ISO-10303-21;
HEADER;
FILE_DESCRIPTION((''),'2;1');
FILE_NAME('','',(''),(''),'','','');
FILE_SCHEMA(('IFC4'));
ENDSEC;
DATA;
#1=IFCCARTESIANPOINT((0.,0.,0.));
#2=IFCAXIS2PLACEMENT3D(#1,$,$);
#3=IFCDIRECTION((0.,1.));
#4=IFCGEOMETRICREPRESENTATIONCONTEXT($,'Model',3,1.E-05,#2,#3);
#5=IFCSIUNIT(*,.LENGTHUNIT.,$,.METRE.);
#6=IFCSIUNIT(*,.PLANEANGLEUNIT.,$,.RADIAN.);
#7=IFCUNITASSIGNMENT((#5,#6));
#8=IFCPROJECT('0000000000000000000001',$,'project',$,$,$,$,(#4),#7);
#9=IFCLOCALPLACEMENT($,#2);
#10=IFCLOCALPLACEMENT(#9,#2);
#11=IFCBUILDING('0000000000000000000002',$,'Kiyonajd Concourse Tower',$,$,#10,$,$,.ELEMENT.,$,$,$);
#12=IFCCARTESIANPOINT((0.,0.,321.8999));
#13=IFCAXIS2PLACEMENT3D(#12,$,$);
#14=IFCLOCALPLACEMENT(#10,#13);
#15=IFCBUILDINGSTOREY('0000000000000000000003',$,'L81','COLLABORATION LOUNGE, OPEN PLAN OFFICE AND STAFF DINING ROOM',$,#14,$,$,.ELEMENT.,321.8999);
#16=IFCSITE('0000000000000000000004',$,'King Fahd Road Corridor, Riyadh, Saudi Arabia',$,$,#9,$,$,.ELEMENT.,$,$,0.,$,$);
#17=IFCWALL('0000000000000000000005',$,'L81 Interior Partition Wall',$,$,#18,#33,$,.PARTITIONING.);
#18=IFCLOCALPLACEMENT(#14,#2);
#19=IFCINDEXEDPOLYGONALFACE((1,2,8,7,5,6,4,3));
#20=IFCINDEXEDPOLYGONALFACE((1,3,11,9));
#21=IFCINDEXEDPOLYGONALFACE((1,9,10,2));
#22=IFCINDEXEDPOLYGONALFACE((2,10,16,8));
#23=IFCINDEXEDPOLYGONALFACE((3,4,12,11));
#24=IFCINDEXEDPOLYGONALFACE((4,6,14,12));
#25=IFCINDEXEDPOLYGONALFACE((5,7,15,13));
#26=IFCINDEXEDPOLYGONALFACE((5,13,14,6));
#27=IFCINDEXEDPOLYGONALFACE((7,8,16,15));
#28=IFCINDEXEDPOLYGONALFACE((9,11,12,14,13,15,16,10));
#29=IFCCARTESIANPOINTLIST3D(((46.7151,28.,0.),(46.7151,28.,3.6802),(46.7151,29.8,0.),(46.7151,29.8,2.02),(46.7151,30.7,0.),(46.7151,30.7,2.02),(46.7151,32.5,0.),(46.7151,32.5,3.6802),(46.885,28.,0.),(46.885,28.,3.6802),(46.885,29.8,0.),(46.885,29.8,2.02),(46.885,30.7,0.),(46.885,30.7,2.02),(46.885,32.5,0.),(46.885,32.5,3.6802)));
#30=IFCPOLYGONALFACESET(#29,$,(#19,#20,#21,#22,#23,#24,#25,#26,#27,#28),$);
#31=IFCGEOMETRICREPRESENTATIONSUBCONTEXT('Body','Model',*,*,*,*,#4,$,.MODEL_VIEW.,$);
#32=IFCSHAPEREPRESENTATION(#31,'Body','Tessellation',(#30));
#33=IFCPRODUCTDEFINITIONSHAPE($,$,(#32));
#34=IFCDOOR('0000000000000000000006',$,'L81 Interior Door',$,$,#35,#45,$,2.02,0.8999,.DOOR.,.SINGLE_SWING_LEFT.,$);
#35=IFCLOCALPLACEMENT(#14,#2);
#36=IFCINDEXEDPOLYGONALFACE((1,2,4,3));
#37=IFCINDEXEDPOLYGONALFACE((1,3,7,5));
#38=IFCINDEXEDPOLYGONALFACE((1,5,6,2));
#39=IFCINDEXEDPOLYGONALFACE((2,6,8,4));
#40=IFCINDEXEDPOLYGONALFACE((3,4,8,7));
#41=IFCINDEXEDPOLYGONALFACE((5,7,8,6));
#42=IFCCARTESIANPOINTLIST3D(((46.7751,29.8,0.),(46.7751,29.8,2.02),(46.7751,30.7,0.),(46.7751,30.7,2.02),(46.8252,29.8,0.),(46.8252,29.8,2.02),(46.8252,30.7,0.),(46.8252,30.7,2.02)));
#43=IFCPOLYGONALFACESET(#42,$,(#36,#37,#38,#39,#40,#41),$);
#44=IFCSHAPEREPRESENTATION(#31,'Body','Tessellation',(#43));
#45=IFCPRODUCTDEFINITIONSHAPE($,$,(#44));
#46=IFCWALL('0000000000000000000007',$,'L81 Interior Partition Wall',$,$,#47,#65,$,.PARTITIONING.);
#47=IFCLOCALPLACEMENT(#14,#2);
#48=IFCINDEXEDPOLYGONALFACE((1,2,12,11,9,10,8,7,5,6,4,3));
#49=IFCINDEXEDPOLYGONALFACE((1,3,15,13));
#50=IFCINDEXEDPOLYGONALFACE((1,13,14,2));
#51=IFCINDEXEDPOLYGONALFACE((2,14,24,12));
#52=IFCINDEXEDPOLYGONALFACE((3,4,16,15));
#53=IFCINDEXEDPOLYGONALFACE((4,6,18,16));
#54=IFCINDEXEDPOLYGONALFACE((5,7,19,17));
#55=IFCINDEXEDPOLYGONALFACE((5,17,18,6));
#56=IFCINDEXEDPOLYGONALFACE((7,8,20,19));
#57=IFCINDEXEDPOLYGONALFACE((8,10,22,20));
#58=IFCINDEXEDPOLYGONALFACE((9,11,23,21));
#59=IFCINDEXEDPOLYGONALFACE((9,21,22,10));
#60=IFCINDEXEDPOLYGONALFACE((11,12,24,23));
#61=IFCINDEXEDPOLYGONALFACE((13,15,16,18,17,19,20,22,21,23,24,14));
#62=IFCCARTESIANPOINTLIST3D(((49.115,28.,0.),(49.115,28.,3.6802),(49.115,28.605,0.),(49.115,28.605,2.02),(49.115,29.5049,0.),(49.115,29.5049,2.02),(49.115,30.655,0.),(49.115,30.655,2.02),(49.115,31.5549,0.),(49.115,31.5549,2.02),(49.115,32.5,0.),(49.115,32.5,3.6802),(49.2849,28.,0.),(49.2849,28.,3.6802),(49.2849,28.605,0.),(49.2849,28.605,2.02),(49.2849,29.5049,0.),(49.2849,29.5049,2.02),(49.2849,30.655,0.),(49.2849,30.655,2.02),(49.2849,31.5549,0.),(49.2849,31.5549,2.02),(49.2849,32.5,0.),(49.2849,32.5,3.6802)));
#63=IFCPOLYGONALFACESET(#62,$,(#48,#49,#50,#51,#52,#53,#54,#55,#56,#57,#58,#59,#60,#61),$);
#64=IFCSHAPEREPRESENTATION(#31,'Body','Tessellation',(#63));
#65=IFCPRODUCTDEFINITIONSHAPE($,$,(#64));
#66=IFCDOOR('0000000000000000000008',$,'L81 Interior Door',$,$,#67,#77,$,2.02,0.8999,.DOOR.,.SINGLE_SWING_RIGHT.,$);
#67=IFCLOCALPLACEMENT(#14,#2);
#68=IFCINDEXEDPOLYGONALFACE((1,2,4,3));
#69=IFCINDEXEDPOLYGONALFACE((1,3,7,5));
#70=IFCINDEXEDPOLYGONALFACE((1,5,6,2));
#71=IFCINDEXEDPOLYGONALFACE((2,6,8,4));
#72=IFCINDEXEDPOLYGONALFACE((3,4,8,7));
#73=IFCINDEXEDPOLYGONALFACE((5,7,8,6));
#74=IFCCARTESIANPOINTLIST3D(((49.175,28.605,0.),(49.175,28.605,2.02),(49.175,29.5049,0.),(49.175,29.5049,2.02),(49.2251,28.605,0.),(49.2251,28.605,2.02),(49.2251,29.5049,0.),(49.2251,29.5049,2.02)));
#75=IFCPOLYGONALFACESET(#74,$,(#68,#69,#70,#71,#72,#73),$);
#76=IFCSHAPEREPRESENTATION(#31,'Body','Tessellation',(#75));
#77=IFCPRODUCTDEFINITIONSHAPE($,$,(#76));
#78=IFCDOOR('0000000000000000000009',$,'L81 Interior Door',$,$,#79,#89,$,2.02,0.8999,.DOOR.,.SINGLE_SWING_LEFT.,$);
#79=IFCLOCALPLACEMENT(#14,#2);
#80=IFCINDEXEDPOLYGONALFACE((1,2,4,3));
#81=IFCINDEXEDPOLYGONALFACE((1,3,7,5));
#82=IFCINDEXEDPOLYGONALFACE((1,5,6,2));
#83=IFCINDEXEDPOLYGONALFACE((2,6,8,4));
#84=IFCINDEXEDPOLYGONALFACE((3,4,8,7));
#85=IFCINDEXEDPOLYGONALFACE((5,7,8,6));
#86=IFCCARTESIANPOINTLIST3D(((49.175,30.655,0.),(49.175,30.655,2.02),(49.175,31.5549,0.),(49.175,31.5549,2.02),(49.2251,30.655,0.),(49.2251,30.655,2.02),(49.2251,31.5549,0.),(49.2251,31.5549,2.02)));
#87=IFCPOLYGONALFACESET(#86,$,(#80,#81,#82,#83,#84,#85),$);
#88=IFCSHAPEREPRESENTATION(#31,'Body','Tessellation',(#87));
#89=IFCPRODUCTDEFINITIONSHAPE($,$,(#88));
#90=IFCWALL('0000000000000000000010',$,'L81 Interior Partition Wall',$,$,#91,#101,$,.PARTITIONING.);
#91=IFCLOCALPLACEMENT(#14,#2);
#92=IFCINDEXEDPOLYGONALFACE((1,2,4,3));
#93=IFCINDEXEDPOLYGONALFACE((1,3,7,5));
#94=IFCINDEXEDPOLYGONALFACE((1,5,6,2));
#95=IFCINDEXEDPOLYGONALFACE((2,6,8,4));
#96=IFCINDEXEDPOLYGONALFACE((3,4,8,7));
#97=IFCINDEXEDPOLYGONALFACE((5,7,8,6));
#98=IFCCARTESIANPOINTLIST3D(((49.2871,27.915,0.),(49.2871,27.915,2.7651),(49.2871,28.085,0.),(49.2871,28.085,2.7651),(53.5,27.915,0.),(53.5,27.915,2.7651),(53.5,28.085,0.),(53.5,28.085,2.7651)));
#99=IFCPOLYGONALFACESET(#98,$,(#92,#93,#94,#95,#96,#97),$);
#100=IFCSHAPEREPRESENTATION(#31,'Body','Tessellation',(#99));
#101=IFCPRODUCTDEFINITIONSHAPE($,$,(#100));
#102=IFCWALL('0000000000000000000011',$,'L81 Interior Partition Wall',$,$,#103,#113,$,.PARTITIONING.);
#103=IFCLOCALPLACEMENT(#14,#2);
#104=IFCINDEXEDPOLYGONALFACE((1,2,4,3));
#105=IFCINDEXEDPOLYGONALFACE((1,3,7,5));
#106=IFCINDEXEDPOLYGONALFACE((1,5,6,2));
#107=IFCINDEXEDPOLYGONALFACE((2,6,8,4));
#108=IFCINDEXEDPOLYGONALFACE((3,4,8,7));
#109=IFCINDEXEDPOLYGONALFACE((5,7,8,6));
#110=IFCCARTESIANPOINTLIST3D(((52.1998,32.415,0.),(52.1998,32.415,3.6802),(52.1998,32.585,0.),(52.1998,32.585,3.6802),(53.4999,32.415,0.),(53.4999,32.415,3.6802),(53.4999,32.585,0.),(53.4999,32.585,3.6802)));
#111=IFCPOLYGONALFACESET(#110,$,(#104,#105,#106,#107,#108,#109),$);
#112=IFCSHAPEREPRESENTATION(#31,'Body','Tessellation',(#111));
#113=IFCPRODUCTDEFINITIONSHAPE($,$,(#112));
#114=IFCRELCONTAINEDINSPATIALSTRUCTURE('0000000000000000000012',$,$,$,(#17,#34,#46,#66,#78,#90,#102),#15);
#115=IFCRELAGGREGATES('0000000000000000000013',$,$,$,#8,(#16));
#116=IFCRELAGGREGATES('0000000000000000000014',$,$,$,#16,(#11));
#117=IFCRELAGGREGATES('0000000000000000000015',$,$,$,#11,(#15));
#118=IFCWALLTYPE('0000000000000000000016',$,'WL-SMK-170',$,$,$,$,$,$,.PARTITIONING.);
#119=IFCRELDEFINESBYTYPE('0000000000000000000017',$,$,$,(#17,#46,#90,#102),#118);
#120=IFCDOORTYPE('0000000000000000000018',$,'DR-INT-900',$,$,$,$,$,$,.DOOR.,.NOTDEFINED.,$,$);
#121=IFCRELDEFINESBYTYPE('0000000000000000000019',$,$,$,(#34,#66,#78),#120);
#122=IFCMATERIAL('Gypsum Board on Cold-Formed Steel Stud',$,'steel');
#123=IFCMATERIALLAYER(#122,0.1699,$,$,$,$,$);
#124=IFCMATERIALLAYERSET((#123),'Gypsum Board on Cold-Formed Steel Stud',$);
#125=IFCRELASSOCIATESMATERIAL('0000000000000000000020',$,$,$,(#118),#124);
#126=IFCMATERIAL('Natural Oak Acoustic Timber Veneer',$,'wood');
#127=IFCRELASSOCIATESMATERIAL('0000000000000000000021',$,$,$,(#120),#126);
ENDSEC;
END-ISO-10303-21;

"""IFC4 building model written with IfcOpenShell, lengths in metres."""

from ifc_helpers import new_model, si_unit, direction, frame, frame_2d, origin, place, context, subcontext, project, spatial, rectangle, extrude, material, layer, layer_set, type_object, element, fill, save


model = new_model("IFC4")

# Units and contexts
model_context = context("Model", 3, precision=1e-05, world=origin(), true_north=direction((0.0, 1.0)))
body_context = subcontext(model_context, "Body", "Model", "MODEL_VIEW")
ifc_project = project(units=[si_unit("LENGTHUNIT", "METRE"), si_unit("PLANEANGLEUNIT", "RADIAN")], contexts=[model_context])

# Site, building, storey
site_placement = place(None, origin())
site = spatial("IfcSite", under=ifc_project, at=site_placement, Name="King Fahd Road Corridor, Riyadh, Saudi Arabia", CompositionType="ELEMENT", RefElevation=0.0)
building_placement = place(site_placement, origin())
building = spatial("IfcBuilding", under=site, at=building_placement, Name="Kiyonajd Concourse Tower", CompositionType="ELEMENT")
storey_placement = place(building_placement, frame((0.0, 0.0, 321.8999)))
storey = spatial("IfcBuildingStorey", under=building, at=storey_placement, Name="L81", Description="COLLABORATION LOUNGE, OPEN PLAN OFFICE AND STAFF DINING ROOM", CompositionType="ELEMENT", Elevation=321.8999)

# Shared definitions
ifc_material_1 = material(Name="Gypsum Board on Cold-Formed Steel Stud", Category="steel")

# Shared definitions
ifc_layer_1 = layer(ifc_material_1, 0.1699)
ifc_layer_set_1 = layer_set([ifc_layer_1], Name="Gypsum Board on Cold-Formed Steel Stud")
wall_type_1 = type_object("IfcWallType", Name="WL-SMK-170", PredefinedType="PARTITIONING", material=ifc_layer_set_1)
ifc_material_2 = material(Name="Natural Oak Acoustic Timber Veneer", Category="wood")
door_type_1 = type_object("IfcDoorType", Name="DR-INT-900", OperationType="NOTDEFINED", PredefinedType="DOOR", material=ifc_material_2)

# Wall, opening, door
wall_1_placement = place(storey_placement, frame((46.8, 28.0, 0.0), z_axis=(0.0, 0.0, 1.0), x_axis=(0.0, 1.0, 0.0)))
wall_1 = element("IfcWall", 1, at=wall_1_placement, inside=storey, type_object=wall_type_1, Name="L81 Interior Partition Wall", PredefinedType="PARTITIONING", context=body_context, shape_type="SweptSolid", body=[
    extrude(rectangle(XDim=4.5, YDim=0.1699, at=frame_2d((2.25, 0.0))), origin(), (0.0, 0.0, 1.0), 3.6802),
])
opening_1_placement = place(wall_1_placement, frame((1.8, 0.0, 0.0)))
opening_1 = element("IfcOpeningElement", 2, at=opening_1_placement, cuts=wall_1, PredefinedType="OPENING", context=body_context, shape_type="SweptSolid", body=[
    extrude(rectangle(XDim=0.8999, YDim=2.02, at=frame_2d((0.45, 1.01))), frame((0.0, 0.095, 0.0), z_axis=(0.0, -1.0, 0.0), x_axis=(1.0, 0.0, 0.0)), (0.0, 0.0, 1.0), 0.1899),
])
door_1_placement = place(opening_1_placement, origin())
door_1 = element("IfcDoor", 3, at=door_1_placement, inside=storey, type_object=door_type_1, Name="L81 Interior Door", OperationType="SINGLE_SWING_LEFT", OverallHeight=2.02, OverallWidth=0.8999, PredefinedType="DOOR", context=body_context, shape_type="SweptSolid", body=[
    extrude(rectangle(XDim=0.8999, YDim=2.02, at=frame_2d((0.45, 1.01))), frame((0.0, 0.0249, 0.0), z_axis=(0.0, -1.0, 0.0), x_axis=(1.0, 0.0, 0.0)), (0.0, 0.0, 1.0), 0.05),
])
fill(opening_1, door_1)

# Wall, openings, doors
wall_2_placement = place(storey_placement, frame((49.2, 28.0, 0.0), z_axis=(0.0, 0.0, 1.0), x_axis=(0.0, 1.0, 0.0)))
wall_2 = element("IfcWall", 4, at=wall_2_placement, inside=storey, type_object=wall_type_1, Name="L81 Interior Partition Wall", PredefinedType="PARTITIONING", context=body_context, shape_type="SweptSolid", body=[
    extrude(rectangle(XDim=4.5, YDim=0.1699, at=frame_2d((2.25, 0.0))), origin(), (0.0, 0.0, 1.0), 3.6802),
])
opening_2_placement = place(wall_2_placement, frame((0.605, 0.0, 0.0)))
opening_2 = element("IfcOpeningElement", 5, at=opening_2_placement, cuts=wall_2, PredefinedType="OPENING", context=body_context, shape_type="SweptSolid", body=[
    extrude(rectangle(XDim=0.8999, YDim=2.02, at=frame_2d((0.45, 1.01))), frame((0.0, 0.095, 0.0), z_axis=(0.0, -1.0, 0.0), x_axis=(1.0, 0.0, 0.0)), (0.0, 0.0, 1.0), 0.1899),
])
opening_3_placement = place(wall_2_placement, frame((2.655, 0.0, 0.0)))
opening_3 = element("IfcOpeningElement", 6, at=opening_3_placement, cuts=wall_2, PredefinedType="OPENING", context=body_context, shape_type="SweptSolid", body=[
    extrude(rectangle(XDim=0.8999, YDim=2.02, at=frame_2d((0.45, 1.01))), frame((0.0, 0.095, 0.0), z_axis=(0.0, -1.0, 0.0), x_axis=(1.0, 0.0, 0.0)), (0.0, 0.0, 1.0), 0.1899),
])
door_2_placement = place(opening_2_placement, origin())
door_2 = element("IfcDoor", 7, at=door_2_placement, inside=storey, type_object=door_type_1, Name="L81 Interior Door", OperationType="SINGLE_SWING_RIGHT", OverallHeight=2.02, OverallWidth=0.8999, PredefinedType="DOOR", context=body_context, shape_type="SweptSolid", body=[
    extrude(rectangle(XDim=0.8999, YDim=2.02, at=frame_2d((0.45, 1.01))), frame((0.0, 0.0249, 0.0), z_axis=(0.0, -1.0, 0.0), x_axis=(1.0, 0.0, 0.0)), (0.0, 0.0, 1.0), 0.05),
])
fill(opening_2, door_2)
door_3_placement = place(opening_3_placement, origin())
door_3 = element("IfcDoor", 8, at=door_3_placement, inside=storey, type_object=door_type_1, Name="L81 Interior Door", OperationType="SINGLE_SWING_LEFT", OverallHeight=2.02, OverallWidth=0.8999, PredefinedType="DOOR", context=body_context, shape_type="SweptSolid", body=[
    extrude(rectangle(XDim=0.8999, YDim=2.02, at=frame_2d((0.45, 1.01))), frame((0.0, 0.0249, 0.0), z_axis=(0.0, -1.0, 0.0), x_axis=(1.0, 0.0, 0.0)), (0.0, 0.0, 1.0), 0.05),
])
fill(opening_3, door_3)

# Walls
wall_3_placement = place(storey_placement, frame((49.2871, 28.0, 0.0), z_axis=(0.0, 0.0, 1.0), x_axis=(1.0, 0.0, 0.0)))
element("IfcWall", 9, at=wall_3_placement, inside=storey, type_object=wall_type_1, Name="L81 Interior Partition Wall", PredefinedType="PARTITIONING", context=body_context, shape_type="SweptSolid", body=[
    extrude(rectangle(XDim=4.2129, YDim=0.1699, at=frame_2d((2.1064, 0.0))), origin(), (0.0, 0.0, 1.0), 2.7651),
])
wall_4_placement = place(storey_placement, frame((52.2, 32.5, 0.0), z_axis=(0.0, 0.0, 1.0), x_axis=(1.0, 0.0, 0.0)))
element("IfcWall", 10, at=wall_4_placement, inside=storey, type_object=wall_type_1, Name="L81 Interior Partition Wall", PredefinedType="PARTITIONING", context=body_context, shape_type="SweptSolid", body=[
    extrude(rectangle(XDim=1.3, YDim=0.1699, at=frame_2d((0.6499, 0.0))), origin(), (0.0, 0.0, 1.0), 3.6802),
])

save(model, "model.ifc")
